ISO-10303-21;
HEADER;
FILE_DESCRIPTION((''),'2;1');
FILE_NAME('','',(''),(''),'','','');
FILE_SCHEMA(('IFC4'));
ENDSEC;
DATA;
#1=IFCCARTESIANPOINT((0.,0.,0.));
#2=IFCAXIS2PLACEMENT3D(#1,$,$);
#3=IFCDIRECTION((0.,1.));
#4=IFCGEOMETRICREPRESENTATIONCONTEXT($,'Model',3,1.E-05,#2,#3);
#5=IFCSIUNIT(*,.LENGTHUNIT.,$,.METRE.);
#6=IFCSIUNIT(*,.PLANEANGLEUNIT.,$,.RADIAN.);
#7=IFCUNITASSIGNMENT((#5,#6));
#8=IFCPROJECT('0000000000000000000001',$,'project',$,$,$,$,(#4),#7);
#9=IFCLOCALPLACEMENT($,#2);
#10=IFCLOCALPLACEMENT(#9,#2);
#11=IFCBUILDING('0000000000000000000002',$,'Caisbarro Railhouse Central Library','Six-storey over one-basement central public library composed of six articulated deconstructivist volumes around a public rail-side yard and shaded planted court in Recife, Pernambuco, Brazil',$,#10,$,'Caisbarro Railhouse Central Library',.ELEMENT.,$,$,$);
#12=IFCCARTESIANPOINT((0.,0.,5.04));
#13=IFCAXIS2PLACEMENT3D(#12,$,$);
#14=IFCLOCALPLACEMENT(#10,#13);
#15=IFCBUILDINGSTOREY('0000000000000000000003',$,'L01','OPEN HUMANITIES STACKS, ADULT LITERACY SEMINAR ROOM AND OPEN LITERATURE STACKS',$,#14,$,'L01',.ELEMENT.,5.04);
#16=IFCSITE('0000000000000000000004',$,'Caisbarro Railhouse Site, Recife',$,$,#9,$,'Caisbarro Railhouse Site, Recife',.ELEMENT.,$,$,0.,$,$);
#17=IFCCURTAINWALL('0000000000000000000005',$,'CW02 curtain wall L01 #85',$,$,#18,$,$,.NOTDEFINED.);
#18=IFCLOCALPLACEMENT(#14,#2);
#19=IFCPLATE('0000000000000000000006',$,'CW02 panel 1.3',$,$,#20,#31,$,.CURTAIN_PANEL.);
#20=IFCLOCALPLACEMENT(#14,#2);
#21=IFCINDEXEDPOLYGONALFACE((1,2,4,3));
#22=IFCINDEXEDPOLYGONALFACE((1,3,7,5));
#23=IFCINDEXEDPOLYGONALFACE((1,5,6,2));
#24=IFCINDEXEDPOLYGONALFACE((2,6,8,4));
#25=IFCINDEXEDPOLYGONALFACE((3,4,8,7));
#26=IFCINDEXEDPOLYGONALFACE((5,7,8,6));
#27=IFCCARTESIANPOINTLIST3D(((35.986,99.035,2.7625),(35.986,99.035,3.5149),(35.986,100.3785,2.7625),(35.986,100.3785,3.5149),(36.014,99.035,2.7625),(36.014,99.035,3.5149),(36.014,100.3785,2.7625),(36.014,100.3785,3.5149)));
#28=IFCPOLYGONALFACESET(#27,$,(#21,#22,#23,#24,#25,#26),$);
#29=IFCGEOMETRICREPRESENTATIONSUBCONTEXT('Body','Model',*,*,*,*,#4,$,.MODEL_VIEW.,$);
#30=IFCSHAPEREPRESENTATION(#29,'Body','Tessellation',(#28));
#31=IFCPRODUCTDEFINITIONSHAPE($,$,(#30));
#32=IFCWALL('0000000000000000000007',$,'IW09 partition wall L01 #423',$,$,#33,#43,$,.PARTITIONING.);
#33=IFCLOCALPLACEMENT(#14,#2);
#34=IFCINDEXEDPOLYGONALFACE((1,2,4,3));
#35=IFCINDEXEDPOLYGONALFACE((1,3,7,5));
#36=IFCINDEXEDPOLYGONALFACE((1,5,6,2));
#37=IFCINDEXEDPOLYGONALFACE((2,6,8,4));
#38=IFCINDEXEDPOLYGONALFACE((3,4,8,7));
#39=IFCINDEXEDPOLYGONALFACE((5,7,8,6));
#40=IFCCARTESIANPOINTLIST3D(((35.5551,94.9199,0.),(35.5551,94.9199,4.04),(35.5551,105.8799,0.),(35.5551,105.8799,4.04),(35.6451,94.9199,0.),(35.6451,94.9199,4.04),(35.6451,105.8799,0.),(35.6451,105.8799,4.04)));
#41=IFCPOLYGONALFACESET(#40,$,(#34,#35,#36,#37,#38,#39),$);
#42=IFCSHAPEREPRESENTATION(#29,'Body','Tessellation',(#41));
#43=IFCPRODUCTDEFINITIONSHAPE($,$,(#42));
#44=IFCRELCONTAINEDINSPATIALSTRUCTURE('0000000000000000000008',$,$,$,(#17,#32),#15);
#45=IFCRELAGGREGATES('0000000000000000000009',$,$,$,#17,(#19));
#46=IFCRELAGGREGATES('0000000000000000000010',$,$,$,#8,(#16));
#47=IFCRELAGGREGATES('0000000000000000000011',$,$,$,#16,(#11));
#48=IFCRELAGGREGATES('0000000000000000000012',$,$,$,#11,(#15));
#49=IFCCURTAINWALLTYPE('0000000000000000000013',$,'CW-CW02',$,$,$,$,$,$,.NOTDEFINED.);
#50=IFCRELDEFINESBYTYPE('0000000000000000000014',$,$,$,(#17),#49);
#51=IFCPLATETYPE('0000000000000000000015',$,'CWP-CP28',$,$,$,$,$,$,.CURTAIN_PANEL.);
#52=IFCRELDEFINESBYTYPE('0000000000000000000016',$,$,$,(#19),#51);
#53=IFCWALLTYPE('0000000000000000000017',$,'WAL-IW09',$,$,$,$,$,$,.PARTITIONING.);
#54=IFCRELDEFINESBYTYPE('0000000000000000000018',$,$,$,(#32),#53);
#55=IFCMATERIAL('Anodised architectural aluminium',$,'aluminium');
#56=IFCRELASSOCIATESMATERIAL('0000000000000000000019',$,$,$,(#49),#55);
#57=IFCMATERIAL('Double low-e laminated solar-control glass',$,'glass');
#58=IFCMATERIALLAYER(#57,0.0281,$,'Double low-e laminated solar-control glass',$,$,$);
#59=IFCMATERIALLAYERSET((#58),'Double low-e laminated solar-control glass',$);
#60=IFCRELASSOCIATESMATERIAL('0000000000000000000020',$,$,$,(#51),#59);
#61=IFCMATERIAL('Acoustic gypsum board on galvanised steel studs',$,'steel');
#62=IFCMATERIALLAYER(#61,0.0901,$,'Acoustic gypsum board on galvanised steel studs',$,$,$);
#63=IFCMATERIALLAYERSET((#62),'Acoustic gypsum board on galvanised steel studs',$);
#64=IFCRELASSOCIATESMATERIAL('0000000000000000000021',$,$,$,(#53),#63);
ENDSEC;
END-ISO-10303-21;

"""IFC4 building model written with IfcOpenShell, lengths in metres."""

from ifc_helpers import new_model, si_unit, direction, frame, frame_2d, origin, origin_2d, place, context, subcontext, project, spatial, rectangle, extrude, material, layer, layer_set, type_object, element, aggregate, save


model = new_model("IFC4")

# Units and contexts
model_context = context("Model", 3, precision=1e-05, world=origin(), true_north=direction((0.0, 1.0)))
body_context = subcontext(model_context, "Body", "Model", "MODEL_VIEW")
ifc_project = project(units=[si_unit("LENGTHUNIT", "METRE"), si_unit("PLANEANGLEUNIT", "RADIAN")], contexts=[model_context])

# Site, building, storey
site_placement = place(None, origin())
site = spatial("IfcSite", under=ifc_project, at=site_placement, Name="Caisbarro Railhouse Site, Recife", LongName="Caisbarro Railhouse Site, Recife", CompositionType="ELEMENT", RefElevation=0.0)
building_placement = place(site_placement, origin())
building = spatial("IfcBuilding", under=site, at=building_placement, Name="Caisbarro Railhouse Central Library", Description="Six-storey over one-basement central public library composed of six articulated deconstructivist volumes around a public rail-side yard and shaded planted court in Recife, Pernambuco, Brazil", LongName="Caisbarro Railhouse Central Library", CompositionType="ELEMENT")
storey_placement = place(building_placement, frame((0.0, 0.0, 5.04)))
storey = spatial("IfcBuildingStorey", under=building, at=storey_placement, Name="L01", Description="OPEN HUMANITIES STACKS, ADULT LITERACY SEMINAR ROOM AND OPEN LITERATURE STACKS", LongName="L01", CompositionType="ELEMENT", Elevation=5.04)

# Shared definitions
ifc_material_1 = material(Name="Anodised architectural aluminium", Category="aluminium")
curtain_wall_type = type_object("IfcCurtainWallType", Name="CW-CW02", PredefinedType="NOTDEFINED", material=ifc_material_1)

# Curtain wall
curtain_wall_1_placement = place(storey_placement, origin())
curtain_wall_1 = element("IfcCurtainWall", 1, at=curtain_wall_1_placement, inside=storey, type_object=curtain_wall_type, Name="CW02 curtain wall L01 #85", PredefinedType="NOTDEFINED")

# Plate
ifc_material_2 = material(Name="Double low-e laminated solar-control glass", Category="glass")
ifc_layer_1 = layer(ifc_material_2, 0.0281, Name="Double low-e laminated solar-control glass")
ifc_layer_set_1 = layer_set([ifc_layer_1], Name="Double low-e laminated solar-control glass")
plate_type = type_object("IfcPlateType", Name="CWP-CP28", PredefinedType="CURTAIN_PANEL", material=ifc_layer_set_1)
plate_1_placement = place(storey_placement, frame((36.0, 99.7068, 2.7625), z_axis=(0.0, 0.0, 1.0), x_axis=(0.0, 1.0, 0.0)))
plate_1 = element("IfcPlate", 2, at=plate_1_placement, type_object=plate_type, Name="CW02 panel 1.3", PredefinedType="CURTAIN_PANEL", context=body_context, shape_type="SweptSolid", body=[
    extrude(rectangle(XDim=1.3435, YDim=0.0281, at=origin_2d()), origin(), (0.0, 0.0, 1.0), 0.7524),
])
aggregate(curtain_wall_1, [plate_1])

# Wall
ifc_material_3 = material(Name="Acoustic gypsum board on galvanised steel studs", Category="steel")
ifc_layer_2 = layer(ifc_material_3, 0.0901, Name="Acoustic gypsum board on galvanised steel studs")
ifc_layer_set_2 = layer_set([ifc_layer_2], Name="Acoustic gypsum board on galvanised steel studs")
wall_type = type_object("IfcWallType", Name="WAL-IW09", PredefinedType="PARTITIONING", material=ifc_layer_set_2)
wall_placement = place(storey_placement, frame((35.6001, 94.9199, 0.0), z_axis=(0.0, 0.0, 1.0), x_axis=(0.0, 1.0, 0.0)))
element("IfcWall", 3, at=wall_placement, inside=storey, type_object=wall_type, Name="IW09 partition wall L01 #423", PredefinedType="PARTITIONING", context=body_context, shape_type="SweptSolid", body=[
    extrude(rectangle(XDim=10.96, YDim=0.0901, at=frame_2d((5.48, 0.0))), origin(), (0.0, 0.0, 1.0), 4.04),
])

save(model, "model.ifc")
